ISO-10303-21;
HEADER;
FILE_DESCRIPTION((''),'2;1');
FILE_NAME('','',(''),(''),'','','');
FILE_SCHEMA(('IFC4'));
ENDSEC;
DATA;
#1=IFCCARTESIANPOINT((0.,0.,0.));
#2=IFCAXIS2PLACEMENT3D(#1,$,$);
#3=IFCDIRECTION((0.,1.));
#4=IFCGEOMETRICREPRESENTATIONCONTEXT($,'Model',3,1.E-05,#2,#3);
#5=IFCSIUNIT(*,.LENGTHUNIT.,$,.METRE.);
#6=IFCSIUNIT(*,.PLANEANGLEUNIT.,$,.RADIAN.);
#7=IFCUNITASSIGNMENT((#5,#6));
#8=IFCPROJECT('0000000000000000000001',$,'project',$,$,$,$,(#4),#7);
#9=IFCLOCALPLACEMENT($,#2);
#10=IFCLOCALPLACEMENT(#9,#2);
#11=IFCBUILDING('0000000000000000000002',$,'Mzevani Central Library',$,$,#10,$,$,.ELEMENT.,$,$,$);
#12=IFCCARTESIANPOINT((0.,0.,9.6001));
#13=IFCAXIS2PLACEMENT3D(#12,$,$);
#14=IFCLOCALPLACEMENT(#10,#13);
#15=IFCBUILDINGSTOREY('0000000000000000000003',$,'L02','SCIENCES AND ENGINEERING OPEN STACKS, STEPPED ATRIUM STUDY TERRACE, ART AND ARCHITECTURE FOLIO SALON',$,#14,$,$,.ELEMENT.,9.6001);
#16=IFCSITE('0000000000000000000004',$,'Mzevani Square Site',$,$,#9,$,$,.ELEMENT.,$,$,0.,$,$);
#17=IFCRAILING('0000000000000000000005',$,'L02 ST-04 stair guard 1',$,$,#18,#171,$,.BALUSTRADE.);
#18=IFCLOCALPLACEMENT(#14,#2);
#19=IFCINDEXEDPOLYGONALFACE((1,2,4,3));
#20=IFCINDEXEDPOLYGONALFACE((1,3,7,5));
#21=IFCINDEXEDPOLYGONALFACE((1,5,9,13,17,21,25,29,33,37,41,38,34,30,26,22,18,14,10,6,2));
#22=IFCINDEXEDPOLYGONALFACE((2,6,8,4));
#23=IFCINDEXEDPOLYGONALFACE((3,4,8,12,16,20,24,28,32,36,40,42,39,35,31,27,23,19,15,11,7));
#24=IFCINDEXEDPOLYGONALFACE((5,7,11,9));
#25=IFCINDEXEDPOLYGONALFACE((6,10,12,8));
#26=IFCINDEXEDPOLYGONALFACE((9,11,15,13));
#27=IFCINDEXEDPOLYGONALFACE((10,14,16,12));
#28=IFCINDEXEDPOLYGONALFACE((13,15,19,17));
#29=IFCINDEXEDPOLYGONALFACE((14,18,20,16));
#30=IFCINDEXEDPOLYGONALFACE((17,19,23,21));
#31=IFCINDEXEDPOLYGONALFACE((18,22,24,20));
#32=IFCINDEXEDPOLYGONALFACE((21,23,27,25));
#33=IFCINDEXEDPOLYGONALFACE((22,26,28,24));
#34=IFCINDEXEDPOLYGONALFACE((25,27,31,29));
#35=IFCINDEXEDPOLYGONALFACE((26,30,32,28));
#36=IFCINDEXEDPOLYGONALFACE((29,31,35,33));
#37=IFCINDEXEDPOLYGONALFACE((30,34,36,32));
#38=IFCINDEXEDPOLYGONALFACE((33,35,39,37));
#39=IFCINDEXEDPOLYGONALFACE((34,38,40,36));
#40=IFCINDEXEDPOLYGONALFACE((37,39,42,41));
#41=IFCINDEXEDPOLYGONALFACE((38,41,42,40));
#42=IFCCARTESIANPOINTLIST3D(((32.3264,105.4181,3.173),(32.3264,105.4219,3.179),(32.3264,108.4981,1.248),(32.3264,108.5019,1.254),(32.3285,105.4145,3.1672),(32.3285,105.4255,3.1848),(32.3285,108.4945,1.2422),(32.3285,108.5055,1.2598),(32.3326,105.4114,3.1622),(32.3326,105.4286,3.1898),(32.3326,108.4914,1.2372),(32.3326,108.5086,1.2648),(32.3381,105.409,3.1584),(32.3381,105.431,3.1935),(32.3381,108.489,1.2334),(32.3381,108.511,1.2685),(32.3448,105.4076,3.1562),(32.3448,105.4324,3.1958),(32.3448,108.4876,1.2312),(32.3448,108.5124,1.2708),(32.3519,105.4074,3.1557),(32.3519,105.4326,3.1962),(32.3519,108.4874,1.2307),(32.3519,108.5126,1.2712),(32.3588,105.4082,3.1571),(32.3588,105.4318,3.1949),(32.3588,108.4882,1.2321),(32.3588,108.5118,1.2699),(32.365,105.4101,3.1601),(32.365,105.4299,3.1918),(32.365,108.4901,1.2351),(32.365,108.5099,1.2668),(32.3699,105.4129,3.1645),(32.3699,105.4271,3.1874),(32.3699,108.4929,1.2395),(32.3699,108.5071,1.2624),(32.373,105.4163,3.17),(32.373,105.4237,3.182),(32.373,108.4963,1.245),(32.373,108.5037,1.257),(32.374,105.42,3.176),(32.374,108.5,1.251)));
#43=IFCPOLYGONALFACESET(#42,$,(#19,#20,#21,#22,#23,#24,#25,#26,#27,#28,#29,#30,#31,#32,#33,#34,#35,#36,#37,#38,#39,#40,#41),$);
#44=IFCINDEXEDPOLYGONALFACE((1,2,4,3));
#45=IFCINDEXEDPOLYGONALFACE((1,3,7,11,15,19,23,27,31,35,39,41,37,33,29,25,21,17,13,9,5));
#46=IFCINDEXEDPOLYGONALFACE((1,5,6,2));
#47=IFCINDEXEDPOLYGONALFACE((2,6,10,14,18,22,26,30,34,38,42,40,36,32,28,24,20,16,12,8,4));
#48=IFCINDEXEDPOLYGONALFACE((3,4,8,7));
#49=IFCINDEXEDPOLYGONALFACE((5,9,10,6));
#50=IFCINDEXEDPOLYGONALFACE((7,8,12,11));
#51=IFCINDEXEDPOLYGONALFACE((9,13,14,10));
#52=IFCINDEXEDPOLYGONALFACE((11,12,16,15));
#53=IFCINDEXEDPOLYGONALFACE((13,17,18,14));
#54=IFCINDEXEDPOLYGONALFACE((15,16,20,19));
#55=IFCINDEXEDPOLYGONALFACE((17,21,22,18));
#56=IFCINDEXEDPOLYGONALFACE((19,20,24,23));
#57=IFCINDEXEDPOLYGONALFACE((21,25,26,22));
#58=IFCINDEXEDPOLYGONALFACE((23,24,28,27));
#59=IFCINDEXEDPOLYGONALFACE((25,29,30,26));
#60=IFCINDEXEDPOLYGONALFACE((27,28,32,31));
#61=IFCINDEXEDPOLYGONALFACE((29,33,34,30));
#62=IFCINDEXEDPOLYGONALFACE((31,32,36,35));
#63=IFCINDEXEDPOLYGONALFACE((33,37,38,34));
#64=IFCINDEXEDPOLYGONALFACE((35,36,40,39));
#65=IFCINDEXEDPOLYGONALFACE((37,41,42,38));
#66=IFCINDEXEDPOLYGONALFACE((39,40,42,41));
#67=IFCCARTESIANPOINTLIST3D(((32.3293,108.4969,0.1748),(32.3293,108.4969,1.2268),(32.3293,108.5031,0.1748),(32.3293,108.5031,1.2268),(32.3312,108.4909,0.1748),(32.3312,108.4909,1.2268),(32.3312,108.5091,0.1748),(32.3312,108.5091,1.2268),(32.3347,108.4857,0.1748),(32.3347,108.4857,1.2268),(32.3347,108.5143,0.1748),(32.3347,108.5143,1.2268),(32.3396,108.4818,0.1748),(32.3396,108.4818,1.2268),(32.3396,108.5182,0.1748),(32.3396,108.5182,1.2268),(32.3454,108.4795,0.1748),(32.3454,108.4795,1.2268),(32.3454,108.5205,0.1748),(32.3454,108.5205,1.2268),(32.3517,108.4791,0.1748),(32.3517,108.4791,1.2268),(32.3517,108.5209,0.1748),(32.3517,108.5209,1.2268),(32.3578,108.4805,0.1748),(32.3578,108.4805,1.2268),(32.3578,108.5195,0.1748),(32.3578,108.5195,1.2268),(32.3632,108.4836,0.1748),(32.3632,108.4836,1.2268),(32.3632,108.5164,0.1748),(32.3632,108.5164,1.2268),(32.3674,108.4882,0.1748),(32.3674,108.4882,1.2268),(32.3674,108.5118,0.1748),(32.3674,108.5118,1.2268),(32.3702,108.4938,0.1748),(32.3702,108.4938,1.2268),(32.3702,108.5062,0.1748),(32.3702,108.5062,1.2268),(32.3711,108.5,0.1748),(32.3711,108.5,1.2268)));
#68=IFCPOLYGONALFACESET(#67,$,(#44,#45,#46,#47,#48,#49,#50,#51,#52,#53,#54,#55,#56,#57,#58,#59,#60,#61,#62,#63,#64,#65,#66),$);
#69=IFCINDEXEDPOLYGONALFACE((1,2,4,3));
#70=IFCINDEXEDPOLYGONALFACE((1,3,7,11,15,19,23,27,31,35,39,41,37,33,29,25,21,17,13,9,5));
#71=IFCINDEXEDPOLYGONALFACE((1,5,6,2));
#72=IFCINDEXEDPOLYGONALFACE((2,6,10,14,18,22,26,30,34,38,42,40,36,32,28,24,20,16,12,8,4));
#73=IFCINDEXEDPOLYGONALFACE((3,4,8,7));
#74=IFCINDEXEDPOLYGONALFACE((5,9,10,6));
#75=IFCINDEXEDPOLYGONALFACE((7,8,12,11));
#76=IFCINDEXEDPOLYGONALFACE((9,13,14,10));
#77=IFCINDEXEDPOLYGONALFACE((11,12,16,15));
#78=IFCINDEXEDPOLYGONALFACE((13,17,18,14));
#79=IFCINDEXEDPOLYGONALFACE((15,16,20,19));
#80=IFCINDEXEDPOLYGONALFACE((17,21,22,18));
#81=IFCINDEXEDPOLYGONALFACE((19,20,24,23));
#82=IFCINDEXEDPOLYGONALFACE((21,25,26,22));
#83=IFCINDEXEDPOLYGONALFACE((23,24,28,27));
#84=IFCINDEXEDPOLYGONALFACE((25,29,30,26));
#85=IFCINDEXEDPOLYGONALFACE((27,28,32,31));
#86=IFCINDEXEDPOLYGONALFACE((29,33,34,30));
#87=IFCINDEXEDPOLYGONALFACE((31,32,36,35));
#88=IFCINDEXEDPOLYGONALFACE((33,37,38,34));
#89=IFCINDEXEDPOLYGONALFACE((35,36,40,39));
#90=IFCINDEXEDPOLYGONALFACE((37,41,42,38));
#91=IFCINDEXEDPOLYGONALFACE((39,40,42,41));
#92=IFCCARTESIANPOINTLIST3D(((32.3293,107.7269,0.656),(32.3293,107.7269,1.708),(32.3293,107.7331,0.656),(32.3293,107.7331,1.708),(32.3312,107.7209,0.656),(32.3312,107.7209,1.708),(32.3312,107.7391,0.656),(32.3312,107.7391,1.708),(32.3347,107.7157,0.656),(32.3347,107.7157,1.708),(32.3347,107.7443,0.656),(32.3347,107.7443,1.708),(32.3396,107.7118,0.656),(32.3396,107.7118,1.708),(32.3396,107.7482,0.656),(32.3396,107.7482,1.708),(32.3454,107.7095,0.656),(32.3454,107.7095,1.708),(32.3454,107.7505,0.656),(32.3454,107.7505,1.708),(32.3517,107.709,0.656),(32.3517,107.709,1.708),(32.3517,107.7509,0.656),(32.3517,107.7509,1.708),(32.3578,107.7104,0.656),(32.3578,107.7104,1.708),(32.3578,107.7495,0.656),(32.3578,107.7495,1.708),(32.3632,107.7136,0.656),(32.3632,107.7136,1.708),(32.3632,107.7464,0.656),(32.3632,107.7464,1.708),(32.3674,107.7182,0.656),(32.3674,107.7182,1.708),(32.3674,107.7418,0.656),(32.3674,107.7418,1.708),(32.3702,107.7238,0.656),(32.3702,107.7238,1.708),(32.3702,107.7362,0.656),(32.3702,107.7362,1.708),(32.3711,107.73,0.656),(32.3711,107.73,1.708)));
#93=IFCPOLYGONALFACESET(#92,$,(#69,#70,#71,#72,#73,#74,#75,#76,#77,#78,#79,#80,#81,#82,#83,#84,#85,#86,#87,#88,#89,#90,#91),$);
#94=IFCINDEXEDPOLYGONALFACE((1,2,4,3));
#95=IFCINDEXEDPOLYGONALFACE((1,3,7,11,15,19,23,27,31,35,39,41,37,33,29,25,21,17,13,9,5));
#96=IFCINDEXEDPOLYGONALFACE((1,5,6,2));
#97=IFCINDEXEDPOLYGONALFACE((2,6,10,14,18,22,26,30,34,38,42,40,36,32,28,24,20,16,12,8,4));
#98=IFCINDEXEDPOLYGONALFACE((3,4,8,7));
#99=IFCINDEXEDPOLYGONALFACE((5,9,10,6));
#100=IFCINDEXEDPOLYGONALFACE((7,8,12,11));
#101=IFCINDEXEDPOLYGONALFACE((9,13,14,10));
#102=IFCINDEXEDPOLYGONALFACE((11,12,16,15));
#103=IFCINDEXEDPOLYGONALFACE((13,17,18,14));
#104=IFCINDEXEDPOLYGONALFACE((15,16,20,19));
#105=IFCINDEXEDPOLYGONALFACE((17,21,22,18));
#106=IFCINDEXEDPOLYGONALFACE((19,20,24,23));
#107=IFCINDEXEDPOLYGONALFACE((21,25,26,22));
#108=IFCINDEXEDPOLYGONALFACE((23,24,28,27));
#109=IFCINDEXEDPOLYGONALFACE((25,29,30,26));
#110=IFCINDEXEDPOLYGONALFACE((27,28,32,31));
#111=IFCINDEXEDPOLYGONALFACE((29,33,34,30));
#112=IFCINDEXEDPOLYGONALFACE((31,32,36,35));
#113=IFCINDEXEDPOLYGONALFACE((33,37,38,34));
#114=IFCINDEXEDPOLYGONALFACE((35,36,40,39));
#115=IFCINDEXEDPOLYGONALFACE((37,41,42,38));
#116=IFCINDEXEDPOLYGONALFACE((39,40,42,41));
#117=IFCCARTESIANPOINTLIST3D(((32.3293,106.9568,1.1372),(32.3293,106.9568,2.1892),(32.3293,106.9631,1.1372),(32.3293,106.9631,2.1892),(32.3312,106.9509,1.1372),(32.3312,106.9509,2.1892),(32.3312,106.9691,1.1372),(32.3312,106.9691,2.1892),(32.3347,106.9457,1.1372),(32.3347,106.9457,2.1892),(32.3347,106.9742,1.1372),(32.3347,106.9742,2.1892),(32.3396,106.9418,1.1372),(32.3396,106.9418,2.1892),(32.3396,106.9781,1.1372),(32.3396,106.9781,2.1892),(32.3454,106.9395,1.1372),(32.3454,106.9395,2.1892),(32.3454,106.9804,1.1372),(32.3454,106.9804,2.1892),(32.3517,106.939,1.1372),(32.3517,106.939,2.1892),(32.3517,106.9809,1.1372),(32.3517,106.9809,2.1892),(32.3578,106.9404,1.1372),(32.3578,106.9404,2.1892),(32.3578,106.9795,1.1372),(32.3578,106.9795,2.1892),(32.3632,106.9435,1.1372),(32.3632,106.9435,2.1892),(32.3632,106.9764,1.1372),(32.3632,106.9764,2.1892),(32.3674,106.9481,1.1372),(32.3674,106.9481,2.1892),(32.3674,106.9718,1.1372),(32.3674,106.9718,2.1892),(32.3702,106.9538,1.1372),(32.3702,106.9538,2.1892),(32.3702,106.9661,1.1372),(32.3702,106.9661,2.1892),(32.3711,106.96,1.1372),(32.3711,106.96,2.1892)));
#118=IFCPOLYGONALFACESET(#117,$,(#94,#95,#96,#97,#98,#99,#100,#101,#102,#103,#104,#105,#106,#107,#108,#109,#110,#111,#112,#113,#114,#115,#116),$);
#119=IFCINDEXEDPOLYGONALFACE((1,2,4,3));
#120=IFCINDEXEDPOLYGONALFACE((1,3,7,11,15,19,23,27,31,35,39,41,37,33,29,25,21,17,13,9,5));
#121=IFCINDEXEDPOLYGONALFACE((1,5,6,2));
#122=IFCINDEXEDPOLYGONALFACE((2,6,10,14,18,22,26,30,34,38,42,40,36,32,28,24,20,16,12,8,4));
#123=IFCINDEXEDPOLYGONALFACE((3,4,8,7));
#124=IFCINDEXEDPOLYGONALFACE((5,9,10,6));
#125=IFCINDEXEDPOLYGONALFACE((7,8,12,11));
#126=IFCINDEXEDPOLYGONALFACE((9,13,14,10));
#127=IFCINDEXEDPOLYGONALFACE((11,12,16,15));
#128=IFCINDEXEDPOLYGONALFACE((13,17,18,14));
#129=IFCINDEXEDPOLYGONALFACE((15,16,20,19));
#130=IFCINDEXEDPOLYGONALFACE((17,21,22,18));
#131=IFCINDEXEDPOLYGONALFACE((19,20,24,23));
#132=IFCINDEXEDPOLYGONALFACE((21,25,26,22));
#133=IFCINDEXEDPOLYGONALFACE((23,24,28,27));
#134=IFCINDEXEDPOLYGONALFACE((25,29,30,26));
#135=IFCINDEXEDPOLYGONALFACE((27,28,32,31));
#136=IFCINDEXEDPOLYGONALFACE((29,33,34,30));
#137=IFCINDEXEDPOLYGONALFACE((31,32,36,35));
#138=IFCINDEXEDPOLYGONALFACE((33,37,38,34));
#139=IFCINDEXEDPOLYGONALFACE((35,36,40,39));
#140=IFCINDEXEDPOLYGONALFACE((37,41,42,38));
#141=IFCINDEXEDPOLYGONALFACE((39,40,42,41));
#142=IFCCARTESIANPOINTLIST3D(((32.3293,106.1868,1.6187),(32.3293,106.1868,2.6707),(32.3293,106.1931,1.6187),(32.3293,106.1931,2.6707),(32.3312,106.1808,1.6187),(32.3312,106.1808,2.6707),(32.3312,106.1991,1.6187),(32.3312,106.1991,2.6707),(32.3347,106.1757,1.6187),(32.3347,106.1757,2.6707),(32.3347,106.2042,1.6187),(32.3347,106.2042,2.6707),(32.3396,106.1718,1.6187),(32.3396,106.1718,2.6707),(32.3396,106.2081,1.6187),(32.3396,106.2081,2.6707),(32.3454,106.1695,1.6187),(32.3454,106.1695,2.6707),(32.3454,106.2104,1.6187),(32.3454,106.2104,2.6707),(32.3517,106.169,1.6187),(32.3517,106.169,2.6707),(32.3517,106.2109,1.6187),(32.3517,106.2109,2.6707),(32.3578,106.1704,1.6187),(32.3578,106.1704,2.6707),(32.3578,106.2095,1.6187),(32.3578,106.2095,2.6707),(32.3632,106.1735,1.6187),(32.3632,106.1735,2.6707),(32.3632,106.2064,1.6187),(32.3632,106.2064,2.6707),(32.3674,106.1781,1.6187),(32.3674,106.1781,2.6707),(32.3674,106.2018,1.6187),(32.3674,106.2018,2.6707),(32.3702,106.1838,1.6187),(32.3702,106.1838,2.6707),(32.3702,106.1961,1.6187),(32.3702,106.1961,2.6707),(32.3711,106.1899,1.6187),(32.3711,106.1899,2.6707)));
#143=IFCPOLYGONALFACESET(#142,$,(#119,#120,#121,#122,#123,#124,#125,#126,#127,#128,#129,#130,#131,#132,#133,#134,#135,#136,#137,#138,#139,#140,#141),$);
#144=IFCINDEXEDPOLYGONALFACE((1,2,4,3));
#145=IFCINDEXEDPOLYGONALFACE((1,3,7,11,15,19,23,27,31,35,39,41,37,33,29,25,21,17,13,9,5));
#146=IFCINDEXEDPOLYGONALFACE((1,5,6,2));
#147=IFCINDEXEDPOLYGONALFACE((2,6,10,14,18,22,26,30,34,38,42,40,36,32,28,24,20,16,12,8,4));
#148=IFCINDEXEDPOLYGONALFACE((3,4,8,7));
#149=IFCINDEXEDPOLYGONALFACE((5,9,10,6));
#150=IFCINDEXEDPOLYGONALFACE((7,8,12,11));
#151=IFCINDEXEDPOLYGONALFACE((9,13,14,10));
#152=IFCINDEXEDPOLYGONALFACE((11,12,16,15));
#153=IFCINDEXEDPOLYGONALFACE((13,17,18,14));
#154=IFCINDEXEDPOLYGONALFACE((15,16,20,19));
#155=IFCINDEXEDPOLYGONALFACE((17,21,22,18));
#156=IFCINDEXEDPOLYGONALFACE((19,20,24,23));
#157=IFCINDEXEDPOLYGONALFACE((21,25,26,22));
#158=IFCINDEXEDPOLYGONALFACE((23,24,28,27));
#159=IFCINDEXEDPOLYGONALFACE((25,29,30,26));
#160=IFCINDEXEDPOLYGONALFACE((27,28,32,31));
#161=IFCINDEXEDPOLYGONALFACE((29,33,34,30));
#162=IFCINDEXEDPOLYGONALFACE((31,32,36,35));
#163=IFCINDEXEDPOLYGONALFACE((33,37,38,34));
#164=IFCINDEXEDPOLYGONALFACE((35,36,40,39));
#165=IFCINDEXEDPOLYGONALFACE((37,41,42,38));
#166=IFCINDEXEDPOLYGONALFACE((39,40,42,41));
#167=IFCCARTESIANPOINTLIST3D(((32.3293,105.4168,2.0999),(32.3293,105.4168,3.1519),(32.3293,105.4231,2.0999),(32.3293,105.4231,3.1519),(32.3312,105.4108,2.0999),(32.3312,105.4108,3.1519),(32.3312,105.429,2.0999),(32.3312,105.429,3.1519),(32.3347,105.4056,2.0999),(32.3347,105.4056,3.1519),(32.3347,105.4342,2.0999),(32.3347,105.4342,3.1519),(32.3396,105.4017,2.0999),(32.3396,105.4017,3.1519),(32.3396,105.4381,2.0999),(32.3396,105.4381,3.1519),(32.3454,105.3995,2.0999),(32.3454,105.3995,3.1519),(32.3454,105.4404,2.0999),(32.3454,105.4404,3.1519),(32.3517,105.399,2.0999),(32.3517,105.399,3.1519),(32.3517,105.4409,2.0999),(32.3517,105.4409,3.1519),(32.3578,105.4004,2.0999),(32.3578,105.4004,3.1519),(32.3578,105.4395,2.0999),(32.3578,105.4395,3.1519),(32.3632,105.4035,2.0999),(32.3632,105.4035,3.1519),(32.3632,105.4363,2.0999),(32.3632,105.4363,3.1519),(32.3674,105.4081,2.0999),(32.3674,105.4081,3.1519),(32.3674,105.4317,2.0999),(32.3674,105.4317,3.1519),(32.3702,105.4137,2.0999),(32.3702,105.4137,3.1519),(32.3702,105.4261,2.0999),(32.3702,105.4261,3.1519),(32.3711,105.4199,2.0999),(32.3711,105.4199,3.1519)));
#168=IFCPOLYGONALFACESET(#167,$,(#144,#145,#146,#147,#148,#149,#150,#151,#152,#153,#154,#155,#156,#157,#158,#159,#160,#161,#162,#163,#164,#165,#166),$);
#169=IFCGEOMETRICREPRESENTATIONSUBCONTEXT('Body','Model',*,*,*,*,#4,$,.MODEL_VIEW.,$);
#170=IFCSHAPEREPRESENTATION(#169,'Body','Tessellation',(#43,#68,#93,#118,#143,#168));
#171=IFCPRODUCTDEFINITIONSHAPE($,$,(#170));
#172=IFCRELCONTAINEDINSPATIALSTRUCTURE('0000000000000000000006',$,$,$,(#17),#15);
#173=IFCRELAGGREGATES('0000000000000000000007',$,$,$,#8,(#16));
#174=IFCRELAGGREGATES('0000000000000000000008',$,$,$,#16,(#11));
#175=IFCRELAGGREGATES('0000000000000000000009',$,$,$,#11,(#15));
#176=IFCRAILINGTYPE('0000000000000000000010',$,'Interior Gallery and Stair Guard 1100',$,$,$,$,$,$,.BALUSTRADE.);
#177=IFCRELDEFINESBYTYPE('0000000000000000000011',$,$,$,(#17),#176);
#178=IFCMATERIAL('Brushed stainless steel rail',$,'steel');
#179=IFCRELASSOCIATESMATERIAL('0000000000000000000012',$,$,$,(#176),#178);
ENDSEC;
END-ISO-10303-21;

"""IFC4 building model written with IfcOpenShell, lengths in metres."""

from ifc_helpers import new_model, si_unit, direction, frame, origin, origin_2d, place, context, subcontext, project, spatial, circle, extrude, material, type_object, element, save


model = new_model("IFC4")

# Units and contexts
model_context = context("Model", 3, precision=1e-05, world=origin(), true_north=direction((0.0, 1.0)))
body_context = subcontext(model_context, "Body", "Model", "MODEL_VIEW")
ifc_project = project(units=[si_unit("LENGTHUNIT", "METRE"), si_unit("PLANEANGLEUNIT", "RADIAN")], contexts=[model_context])

# Site, building, storey
site_placement = place(None, origin())
site = spatial("IfcSite", under=ifc_project, at=site_placement, Name="Mzevani Square Site", CompositionType="ELEMENT", RefElevation=0.0)
building_placement = place(site_placement, origin())
building = spatial("IfcBuilding", under=site, at=building_placement, Name="Mzevani Central Library", CompositionType="ELEMENT")
storey_placement = place(building_placement, frame((0.0, 0.0, 9.6001)))
storey = spatial("IfcBuildingStorey", under=building, at=storey_placement, Name="L02", Description="SCIENCES AND ENGINEERING OPEN STACKS, STEPPED ATRIUM STUDY TERRACE, ART AND ARCHITECTURE FOLIO SALON", CompositionType="ELEMENT", Elevation=9.6001)

# Railing
ifc_material_1 = material(Name="Brushed stainless steel rail", Category="steel")
railing_type_1 = type_object("IfcRailingType", Name="Interior Gallery and Stair Guard 1100", PredefinedType="BALUSTRADE", material=ifc_material_1)
railing_1_placement = place(storey_placement, frame((32.3501, 108.5, 0.1748)))
element("IfcRailing", 1, at=railing_1_placement, inside=storey, type_object=railing_type_1, Name="L02 ST-04 stair guard 1", PredefinedType="BALUSTRADE", context=body_context, shape_type="SweptSolid", body=[
    extrude(circle(Radius=0.0239, at=origin_2d()), frame((0.0, 0.0, 1.0762), z_axis=(0.0, -0.847998, 0.529999), x_axis=(1.0, 0.0, 0.0)), (0.0, 0.0, 1.0), 3.6321),
    extrude(circle(Radius=0.021, at=origin_2d()), origin(), (0.0, 0.0, 1.0), 1.052),
    extrude(circle(Radius=0.021, at=origin_2d()), frame((0.0, -0.77, 0.4812)), (0.0, 0.0, 1.0), 1.052),
    extrude(circle(Radius=0.021, at=origin_2d()), frame((0.0, -1.54, 0.9624)), (0.0, 0.0, 1.0), 1.052),
    extrude(circle(Radius=0.021, at=origin_2d()), frame((0.0, -2.3101, 1.4438)), (0.0, 0.0, 1.0), 1.052),
    extrude(circle(Radius=0.021, at=origin_2d()), frame((0.0, -3.0801, 1.925)), (0.0, 0.0, 1.0), 1.052),
])

save(model, "model.ifc")
